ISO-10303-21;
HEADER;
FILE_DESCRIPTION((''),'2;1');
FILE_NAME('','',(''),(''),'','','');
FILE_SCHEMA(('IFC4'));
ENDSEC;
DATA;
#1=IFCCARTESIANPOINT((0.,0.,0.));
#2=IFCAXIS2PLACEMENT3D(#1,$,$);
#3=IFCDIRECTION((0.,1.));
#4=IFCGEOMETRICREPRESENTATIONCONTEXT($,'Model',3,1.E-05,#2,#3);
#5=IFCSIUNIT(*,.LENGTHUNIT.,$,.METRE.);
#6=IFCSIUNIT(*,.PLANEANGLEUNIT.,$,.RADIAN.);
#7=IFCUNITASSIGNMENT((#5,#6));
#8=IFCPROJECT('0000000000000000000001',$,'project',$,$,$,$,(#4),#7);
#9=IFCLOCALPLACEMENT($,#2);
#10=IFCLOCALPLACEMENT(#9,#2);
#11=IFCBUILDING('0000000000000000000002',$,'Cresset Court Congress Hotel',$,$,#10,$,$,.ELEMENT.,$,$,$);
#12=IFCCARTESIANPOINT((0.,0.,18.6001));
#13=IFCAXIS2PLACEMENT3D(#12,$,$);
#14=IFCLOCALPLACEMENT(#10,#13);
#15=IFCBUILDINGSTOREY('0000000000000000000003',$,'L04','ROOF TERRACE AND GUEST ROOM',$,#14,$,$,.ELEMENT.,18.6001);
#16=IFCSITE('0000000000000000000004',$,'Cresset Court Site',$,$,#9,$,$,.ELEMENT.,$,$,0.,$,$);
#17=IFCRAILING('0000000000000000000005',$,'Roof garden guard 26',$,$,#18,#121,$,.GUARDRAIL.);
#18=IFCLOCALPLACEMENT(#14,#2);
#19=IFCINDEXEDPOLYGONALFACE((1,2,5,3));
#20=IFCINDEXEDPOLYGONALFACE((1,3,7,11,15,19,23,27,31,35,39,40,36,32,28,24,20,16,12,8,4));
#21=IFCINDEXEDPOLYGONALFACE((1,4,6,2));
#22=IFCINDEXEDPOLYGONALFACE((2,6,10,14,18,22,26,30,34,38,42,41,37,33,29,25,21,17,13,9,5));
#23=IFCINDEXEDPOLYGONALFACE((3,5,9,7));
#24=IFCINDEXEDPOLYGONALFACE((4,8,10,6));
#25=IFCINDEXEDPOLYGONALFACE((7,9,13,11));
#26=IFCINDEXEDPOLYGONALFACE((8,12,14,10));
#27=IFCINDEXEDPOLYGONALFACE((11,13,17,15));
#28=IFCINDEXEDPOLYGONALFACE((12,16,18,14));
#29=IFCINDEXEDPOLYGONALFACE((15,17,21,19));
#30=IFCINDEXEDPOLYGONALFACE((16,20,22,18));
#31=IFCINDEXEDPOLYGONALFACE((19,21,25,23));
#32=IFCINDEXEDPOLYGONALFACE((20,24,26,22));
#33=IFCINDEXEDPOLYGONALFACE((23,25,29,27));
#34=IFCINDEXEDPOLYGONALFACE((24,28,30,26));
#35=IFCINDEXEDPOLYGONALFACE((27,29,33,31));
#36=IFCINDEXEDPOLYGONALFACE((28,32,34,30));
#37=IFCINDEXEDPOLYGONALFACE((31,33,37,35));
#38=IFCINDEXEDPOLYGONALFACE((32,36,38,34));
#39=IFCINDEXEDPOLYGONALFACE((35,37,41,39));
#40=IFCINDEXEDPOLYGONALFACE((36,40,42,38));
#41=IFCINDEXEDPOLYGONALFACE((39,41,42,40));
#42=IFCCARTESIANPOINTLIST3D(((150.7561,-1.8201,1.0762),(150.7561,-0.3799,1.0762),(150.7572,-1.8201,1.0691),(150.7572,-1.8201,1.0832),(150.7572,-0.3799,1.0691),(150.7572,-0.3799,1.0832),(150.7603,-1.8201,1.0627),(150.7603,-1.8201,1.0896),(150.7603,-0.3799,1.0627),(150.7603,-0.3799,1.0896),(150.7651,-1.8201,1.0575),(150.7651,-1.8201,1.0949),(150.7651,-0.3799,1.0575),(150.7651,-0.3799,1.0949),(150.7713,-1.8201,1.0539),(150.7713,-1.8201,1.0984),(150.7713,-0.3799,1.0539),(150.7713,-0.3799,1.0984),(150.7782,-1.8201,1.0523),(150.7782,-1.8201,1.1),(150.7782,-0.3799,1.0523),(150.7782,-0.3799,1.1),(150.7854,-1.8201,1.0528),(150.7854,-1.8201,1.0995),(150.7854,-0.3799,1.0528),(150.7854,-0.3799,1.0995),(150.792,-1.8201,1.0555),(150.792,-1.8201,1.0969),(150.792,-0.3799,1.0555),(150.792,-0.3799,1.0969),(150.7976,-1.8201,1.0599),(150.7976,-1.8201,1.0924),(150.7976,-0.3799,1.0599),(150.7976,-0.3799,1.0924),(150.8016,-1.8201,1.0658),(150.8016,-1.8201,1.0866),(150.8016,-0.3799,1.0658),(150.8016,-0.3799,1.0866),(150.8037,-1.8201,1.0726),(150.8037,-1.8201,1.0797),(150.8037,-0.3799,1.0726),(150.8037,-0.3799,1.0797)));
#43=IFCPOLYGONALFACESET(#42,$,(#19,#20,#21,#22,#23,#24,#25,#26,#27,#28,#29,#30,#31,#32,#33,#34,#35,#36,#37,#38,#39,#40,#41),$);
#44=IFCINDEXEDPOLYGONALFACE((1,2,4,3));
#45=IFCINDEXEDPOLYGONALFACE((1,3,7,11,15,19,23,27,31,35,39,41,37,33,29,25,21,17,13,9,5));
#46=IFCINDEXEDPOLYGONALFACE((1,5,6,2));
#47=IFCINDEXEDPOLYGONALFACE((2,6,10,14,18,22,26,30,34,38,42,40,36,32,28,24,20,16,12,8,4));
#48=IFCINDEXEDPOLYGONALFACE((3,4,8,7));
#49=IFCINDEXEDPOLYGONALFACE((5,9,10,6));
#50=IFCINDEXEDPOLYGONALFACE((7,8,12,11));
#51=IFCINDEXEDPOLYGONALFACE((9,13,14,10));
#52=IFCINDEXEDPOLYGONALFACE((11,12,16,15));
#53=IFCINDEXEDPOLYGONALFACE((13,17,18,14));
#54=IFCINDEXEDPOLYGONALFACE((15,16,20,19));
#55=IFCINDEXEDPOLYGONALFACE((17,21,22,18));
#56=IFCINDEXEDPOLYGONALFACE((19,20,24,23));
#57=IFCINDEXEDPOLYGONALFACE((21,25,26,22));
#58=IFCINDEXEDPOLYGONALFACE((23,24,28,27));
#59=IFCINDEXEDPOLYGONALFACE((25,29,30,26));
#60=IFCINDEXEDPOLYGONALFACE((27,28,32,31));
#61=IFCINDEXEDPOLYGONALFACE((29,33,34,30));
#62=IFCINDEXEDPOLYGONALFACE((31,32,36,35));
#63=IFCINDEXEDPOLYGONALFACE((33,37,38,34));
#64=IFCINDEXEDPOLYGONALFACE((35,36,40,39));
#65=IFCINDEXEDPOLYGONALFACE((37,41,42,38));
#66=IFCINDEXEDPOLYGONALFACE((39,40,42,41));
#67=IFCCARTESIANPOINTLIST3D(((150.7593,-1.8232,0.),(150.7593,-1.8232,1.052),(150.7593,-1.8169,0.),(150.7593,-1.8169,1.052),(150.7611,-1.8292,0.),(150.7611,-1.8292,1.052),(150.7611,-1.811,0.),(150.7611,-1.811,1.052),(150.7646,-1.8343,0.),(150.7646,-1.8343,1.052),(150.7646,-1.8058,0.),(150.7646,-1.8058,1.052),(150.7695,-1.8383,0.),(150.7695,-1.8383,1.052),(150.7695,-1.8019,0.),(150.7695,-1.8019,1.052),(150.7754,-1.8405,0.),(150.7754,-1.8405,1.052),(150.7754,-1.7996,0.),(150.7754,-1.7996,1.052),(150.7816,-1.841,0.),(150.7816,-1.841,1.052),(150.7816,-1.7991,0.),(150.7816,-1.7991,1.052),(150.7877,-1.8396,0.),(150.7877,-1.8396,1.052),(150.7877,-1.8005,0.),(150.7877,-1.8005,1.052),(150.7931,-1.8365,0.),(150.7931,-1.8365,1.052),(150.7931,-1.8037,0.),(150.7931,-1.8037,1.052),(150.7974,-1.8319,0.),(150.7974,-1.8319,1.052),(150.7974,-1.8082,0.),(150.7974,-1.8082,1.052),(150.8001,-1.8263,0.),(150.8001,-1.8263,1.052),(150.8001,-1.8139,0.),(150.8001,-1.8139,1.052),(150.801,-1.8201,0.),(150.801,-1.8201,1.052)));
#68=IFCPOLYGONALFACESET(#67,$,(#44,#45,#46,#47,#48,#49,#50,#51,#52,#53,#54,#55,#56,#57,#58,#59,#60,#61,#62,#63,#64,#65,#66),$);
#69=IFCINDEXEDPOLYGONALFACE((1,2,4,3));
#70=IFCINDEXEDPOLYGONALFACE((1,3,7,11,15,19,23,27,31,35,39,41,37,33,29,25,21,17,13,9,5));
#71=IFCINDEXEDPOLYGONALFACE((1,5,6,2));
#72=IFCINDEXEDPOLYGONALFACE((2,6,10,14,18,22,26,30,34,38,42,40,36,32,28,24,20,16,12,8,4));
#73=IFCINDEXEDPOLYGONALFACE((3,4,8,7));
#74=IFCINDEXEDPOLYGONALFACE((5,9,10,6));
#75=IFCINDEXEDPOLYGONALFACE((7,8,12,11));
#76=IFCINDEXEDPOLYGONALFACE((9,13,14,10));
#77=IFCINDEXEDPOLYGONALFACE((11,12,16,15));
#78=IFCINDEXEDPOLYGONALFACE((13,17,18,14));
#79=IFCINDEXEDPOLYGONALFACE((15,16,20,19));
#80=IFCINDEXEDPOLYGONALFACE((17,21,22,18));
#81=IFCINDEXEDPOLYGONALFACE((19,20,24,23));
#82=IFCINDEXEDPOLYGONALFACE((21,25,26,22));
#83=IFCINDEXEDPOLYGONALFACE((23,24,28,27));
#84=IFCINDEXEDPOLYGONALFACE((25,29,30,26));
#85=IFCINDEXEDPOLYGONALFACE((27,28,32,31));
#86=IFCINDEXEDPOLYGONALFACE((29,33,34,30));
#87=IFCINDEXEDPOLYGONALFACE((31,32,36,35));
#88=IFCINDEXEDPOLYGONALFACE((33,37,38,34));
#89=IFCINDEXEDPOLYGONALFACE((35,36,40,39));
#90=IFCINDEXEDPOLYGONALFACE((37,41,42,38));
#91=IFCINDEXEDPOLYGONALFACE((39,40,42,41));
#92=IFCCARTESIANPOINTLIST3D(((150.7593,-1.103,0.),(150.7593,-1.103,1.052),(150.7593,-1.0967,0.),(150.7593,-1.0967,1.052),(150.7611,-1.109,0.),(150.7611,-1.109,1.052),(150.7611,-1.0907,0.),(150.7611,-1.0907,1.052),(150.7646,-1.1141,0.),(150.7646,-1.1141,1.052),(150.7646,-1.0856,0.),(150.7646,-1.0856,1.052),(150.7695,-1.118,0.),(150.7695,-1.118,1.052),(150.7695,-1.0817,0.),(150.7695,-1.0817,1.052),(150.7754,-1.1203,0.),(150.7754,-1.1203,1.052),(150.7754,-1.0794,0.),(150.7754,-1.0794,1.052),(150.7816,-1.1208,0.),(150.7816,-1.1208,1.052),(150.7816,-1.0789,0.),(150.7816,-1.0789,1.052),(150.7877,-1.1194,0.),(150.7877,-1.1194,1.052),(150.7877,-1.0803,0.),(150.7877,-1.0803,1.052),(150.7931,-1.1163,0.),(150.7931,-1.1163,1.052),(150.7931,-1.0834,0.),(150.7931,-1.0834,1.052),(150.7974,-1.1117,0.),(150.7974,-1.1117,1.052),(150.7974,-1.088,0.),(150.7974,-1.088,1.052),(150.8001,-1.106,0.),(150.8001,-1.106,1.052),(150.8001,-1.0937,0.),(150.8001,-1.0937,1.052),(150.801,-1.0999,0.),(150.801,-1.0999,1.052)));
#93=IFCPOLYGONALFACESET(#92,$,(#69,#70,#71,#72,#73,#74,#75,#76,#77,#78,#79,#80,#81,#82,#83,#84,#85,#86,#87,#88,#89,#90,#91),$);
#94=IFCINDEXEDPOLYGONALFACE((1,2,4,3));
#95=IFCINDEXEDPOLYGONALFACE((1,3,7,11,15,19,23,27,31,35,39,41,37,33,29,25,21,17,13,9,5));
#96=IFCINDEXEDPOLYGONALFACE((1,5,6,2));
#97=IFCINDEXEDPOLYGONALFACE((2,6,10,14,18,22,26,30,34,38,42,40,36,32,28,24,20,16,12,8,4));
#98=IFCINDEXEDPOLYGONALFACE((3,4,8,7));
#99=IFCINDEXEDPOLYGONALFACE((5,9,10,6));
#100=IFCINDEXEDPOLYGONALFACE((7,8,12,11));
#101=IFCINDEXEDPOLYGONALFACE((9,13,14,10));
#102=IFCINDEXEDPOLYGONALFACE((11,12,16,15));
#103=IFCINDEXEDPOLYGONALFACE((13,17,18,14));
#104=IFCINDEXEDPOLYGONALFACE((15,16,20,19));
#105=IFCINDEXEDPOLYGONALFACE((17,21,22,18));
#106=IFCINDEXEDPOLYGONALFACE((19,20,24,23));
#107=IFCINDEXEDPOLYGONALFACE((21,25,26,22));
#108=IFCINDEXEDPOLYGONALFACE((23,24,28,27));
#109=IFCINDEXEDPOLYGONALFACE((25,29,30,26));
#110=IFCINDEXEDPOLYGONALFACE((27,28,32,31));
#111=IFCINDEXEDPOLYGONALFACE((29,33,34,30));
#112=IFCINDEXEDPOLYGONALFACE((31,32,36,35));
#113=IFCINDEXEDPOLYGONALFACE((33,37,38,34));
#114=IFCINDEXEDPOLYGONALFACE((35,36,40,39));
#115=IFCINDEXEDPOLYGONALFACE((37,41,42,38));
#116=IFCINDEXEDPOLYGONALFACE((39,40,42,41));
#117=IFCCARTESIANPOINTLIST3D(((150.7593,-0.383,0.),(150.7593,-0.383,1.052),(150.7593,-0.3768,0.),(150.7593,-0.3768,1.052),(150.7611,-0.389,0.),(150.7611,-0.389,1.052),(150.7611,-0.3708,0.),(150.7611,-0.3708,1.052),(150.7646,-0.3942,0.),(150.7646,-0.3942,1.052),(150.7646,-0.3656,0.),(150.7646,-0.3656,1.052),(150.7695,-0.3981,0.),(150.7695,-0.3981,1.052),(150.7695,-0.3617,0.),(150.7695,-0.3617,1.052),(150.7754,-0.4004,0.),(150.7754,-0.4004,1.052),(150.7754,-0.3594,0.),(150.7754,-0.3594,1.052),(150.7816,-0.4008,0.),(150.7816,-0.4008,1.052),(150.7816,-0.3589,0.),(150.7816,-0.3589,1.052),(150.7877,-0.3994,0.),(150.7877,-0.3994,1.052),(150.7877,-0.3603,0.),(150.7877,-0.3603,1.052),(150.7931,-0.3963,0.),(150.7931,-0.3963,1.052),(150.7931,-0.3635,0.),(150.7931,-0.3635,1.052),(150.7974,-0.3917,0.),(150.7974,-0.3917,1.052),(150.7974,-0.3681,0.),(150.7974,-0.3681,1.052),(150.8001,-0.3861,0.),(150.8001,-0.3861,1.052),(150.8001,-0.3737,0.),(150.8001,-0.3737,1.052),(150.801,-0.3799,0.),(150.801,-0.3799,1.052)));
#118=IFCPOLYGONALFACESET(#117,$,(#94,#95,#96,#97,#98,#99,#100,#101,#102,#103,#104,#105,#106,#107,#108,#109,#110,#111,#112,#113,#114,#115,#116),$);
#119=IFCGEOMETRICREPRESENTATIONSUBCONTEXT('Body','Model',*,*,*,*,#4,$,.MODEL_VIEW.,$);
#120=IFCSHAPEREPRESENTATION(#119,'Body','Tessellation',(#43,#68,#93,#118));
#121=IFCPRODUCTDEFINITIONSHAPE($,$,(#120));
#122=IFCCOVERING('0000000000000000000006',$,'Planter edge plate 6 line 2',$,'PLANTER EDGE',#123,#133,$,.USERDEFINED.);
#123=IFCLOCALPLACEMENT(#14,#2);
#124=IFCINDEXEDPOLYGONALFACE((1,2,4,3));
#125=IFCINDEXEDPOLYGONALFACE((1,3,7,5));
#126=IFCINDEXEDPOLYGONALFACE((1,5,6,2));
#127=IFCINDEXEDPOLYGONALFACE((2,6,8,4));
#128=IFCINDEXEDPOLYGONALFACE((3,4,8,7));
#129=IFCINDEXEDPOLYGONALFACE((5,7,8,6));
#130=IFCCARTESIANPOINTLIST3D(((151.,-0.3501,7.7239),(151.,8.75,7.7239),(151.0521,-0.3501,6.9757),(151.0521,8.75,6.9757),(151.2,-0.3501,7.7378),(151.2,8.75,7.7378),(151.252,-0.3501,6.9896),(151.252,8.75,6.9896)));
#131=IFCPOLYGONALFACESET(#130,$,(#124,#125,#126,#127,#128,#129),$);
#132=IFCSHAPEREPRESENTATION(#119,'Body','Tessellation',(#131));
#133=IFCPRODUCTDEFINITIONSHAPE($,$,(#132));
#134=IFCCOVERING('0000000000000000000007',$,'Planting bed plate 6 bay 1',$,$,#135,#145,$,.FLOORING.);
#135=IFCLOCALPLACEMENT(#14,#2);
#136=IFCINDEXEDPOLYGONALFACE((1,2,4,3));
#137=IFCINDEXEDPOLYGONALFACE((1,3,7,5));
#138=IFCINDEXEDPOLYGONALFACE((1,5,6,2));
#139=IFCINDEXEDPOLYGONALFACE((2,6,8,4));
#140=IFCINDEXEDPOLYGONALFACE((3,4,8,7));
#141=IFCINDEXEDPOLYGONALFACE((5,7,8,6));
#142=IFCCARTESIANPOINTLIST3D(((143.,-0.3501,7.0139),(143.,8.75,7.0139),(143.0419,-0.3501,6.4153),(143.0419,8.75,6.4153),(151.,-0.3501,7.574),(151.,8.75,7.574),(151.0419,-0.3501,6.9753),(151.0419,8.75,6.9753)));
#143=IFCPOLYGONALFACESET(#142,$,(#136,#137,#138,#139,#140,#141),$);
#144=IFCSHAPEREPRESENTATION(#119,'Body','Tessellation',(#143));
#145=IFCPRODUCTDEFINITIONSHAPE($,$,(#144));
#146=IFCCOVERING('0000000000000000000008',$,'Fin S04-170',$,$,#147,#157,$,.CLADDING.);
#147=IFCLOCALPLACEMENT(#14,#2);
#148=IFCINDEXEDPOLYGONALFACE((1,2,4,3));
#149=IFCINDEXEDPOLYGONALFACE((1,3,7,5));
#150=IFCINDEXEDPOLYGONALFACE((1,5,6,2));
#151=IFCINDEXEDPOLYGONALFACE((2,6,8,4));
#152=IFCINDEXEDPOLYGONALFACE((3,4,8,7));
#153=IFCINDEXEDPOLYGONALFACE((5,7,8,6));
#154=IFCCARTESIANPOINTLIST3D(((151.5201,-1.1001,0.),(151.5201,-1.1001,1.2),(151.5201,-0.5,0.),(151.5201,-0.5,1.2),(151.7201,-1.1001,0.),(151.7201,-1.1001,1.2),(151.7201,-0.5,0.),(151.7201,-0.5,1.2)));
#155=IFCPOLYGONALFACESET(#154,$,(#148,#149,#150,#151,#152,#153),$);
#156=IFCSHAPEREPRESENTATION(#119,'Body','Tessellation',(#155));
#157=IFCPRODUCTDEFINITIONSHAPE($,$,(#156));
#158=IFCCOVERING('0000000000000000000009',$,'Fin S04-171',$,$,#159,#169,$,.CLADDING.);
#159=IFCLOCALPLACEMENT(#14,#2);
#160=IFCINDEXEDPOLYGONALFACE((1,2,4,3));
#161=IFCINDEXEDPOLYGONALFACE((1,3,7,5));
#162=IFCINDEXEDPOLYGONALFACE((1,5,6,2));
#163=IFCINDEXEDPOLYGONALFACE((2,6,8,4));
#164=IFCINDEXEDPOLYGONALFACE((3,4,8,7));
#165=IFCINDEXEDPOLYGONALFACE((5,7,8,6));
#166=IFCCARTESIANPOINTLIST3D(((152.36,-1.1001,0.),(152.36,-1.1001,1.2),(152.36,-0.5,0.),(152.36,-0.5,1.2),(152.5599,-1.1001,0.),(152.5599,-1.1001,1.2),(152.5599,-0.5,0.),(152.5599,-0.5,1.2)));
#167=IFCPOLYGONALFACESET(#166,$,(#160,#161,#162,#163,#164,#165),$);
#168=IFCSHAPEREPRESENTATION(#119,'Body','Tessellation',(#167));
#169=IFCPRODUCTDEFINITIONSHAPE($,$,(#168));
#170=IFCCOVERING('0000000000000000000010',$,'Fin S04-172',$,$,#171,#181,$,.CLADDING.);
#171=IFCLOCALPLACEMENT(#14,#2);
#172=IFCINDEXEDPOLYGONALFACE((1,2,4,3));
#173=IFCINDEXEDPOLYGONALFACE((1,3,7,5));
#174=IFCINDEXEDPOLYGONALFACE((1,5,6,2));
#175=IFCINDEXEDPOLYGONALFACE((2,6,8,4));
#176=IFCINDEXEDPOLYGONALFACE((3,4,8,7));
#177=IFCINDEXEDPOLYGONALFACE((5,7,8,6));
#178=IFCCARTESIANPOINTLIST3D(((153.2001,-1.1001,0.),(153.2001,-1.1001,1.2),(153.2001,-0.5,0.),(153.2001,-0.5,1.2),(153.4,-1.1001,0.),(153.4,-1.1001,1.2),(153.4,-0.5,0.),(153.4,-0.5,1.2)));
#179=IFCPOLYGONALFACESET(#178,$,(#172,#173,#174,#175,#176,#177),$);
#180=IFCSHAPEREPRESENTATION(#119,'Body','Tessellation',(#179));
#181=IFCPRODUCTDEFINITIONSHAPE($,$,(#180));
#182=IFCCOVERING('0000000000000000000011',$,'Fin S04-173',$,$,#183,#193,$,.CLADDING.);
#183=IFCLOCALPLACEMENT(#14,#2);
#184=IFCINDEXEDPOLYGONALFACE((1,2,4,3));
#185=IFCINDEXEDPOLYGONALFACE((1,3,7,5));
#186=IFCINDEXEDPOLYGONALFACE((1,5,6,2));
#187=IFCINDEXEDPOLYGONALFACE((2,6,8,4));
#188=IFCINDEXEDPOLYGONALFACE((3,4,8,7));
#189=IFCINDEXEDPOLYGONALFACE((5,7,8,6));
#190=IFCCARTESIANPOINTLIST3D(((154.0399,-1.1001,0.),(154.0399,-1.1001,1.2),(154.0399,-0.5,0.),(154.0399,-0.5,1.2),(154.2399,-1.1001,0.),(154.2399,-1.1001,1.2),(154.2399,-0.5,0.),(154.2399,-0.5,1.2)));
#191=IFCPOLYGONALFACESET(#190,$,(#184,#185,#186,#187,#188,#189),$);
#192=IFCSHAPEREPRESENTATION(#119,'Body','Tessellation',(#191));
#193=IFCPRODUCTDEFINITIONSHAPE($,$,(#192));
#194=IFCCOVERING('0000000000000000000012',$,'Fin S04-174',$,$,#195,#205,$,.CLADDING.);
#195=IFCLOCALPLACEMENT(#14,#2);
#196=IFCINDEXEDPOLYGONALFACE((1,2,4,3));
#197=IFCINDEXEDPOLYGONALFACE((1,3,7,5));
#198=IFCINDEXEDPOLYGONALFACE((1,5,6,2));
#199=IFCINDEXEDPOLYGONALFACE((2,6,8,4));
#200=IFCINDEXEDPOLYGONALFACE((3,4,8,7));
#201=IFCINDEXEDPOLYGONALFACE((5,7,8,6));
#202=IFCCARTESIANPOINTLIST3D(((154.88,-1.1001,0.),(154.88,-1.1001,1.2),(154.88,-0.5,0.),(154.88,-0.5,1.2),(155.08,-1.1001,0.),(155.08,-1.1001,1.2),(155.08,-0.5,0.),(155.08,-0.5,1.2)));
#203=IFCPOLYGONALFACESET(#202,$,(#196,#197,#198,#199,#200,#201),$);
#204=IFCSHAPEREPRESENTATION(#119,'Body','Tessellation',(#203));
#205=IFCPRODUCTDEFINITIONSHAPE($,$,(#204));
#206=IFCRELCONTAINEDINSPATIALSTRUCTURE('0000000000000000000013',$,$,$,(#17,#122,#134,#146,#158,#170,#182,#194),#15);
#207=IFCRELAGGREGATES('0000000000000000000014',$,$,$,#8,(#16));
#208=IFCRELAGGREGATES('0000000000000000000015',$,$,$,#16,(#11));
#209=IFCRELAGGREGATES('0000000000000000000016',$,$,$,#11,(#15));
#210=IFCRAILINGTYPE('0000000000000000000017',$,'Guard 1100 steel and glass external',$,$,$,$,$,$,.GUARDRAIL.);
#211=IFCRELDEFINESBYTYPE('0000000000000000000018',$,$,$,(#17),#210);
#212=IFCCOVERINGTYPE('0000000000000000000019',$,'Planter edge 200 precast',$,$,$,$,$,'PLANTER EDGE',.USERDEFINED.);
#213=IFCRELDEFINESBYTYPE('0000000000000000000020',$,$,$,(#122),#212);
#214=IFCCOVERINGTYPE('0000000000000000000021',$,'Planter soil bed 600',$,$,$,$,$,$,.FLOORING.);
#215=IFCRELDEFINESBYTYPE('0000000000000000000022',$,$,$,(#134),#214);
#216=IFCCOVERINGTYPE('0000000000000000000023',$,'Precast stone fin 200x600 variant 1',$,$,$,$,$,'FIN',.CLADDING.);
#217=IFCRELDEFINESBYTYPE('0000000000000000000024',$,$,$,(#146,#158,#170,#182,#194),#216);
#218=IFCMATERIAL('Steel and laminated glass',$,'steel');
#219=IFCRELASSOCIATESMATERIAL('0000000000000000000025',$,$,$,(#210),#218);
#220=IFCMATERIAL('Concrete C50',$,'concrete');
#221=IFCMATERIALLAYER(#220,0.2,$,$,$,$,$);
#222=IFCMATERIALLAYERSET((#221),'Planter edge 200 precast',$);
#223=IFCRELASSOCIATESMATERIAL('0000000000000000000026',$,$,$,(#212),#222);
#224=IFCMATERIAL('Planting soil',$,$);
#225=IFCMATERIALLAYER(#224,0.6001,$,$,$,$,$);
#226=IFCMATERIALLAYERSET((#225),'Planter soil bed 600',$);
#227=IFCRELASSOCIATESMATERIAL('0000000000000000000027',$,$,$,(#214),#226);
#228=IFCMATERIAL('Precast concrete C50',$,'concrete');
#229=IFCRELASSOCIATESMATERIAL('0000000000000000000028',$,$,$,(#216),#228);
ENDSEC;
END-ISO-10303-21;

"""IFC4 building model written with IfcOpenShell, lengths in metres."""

from ifc_helpers import new_model, si_unit, direction, frame, origin, origin_2d, place, context, subcontext, project, spatial, polyline, rectangle, circle, outline, extrude, material, layer, layer_set, type_object, element, save


model = new_model("IFC4")

# Units and contexts
model_context = context("Model", 3, precision=1e-05, world=origin(), true_north=direction((0.0, 1.0)))
body_context = subcontext(model_context, "Body", "Model", "MODEL_VIEW")
ifc_project = project(units=[si_unit("LENGTHUNIT", "METRE"), si_unit("PLANEANGLEUNIT", "RADIAN")], contexts=[model_context])

# Site, building, storey
site_placement = place(None, origin())
site = spatial("IfcSite", under=ifc_project, at=site_placement, Name="Cresset Court Site", CompositionType="ELEMENT", RefElevation=0.0)
building_placement = place(site_placement, origin())
building = spatial("IfcBuilding", under=site, at=building_placement, Name="Cresset Court Congress Hotel", CompositionType="ELEMENT")
storey_placement = place(building_placement, frame((0.0, 0.0, 18.6001)))
storey = spatial("IfcBuildingStorey", under=building, at=storey_placement, Name="L04", Description="ROOF TERRACE AND GUEST ROOM", CompositionType="ELEMENT", Elevation=18.6001)

# Railing
ifc_material_1 = material(Name="Steel and laminated glass", Category="steel")
railing_type = type_object("IfcRailingType", Name="Guard 1100 steel and glass external", PredefinedType="GUARDRAIL", material=ifc_material_1)
railing_1_placement = place(storey_placement, frame((150.78, -1.8201, 0.0)))
element("IfcRailing", 1, at=railing_1_placement, inside=storey, type_object=railing_type, Name="Roof garden guard 26", PredefinedType="GUARDRAIL", context=body_context, shape_type="SweptSolid", body=[
    extrude(circle(Radius=0.0239, at=origin_2d()), frame((0.0, 0.0, 1.0762), z_axis=(0.0, 1.0, 0.0), x_axis=(-1.0, 0.0, 0.0)), (0.0, 0.0, 1.0), 1.4402),
    extrude(circle(Radius=0.021, at=origin_2d()), origin(), (0.0, 0.0, 1.0), 1.052),
    extrude(circle(Radius=0.021, at=origin_2d()), frame((0.0, 0.7202, 0.0)), (0.0, 0.0, 1.0), 1.052),
    extrude(circle(Radius=0.021, at=origin_2d()), frame((0.0, 1.4402, 0.0)), (0.0, 0.0, 1.0), 1.052),
])

# Coverings
ifc_material_2 = material(Name="Concrete C50", Category="concrete")
ifc_layer_1 = layer(ifc_material_2, 0.2)
ifc_layer_set_1 = layer_set([ifc_layer_1], Name="Planter edge 200 precast")
covering_type_1 = type_object("IfcCoveringType", Name="Planter edge 200 precast", ElementType="PLANTER EDGE", PredefinedType="USERDEFINED", material=ifc_layer_set_1)
covering_1_placement = place(storey_placement, frame((151.0, -0.3501, 7.7239), z_axis=(-0.069429, 0.0, 0.997587), x_axis=(0.997587, 0.0, 0.069429)))
element("IfcCovering", 2, at=covering_1_placement, inside=storey, type_object=covering_type_1, Name="Planter edge plate 6 line 2", ObjectType="PLANTER EDGE", PredefinedType="USERDEFINED", context=body_context, shape_type="SweptSolid", body=[
    extrude(outline(polyline([(0.0, 0.0), (0.2004, 0.0), (0.2004, 9.1001), (0.0, 9.1001), (0.0, 0.0)])), origin(), (0.0, 0.0, -1.0), 0.75),
])
ifc_material_3 = material(Name="Planting soil")
ifc_layer_2 = layer(ifc_material_3, 0.6001)
ifc_layer_set_2 = layer_set([ifc_layer_2], Name="Planter soil bed 600")
covering_type_2 = type_object("IfcCoveringType", Name="Planter soil bed 600", PredefinedType="FLOORING", material=ifc_layer_set_2)
covering_2_placement = place(storey_placement, frame((143.0, -0.3501, 7.0139), z_axis=(-0.069836, 0.0, 0.997558), x_axis=(0.997558, 0.0, 0.069836)))
element("IfcCovering", 3, at=covering_2_placement, inside=storey, type_object=covering_type_2, Name="Planting bed plate 6 bay 1", PredefinedType="FLOORING", context=body_context, shape_type="SweptSolid", body=[
    extrude(outline(polyline([(0.0, 0.0), (8.0196, 0.0), (8.0196, 9.1001), (0.0, 9.1001), (0.0, 0.0)])), origin(), (0.0, 0.0, -1.0), 0.6001),
])
ifc_material_4 = material(Name="Precast concrete C50", Category="concrete")
covering_type_3 = type_object("IfcCoveringType", Name="Precast stone fin 200x600 variant 1", ElementType="FIN", PredefinedType="CLADDING", material=ifc_material_4)
for number, where, z_axis, x_axis, name in (
    (4, (151.6201, -0.8, 0.0), (0.0, 0.0, 1.0), (1.0, 0.0, 0.0), "Fin S04-170"),
    (5, (152.46, -0.8, 0.0), (0.0, 0.0, 1.0), (1.0, 0.0, 0.0), "Fin S04-171"),
    (6, (153.3, -0.8, 0.0), (0.0, 0.0, 1.0), (1.0, 0.0, 0.0), "Fin S04-172"),
    (7, (154.1399, -0.8, 0.0), (0.0, 0.0, 1.0), (1.0, 0.0, 0.0), "Fin S04-173"),
    (8, (154.98, -0.8, 0.0), (0.0, 0.0, 1.0), (1.0, 0.0, 0.0), "Fin S04-174"),
):
    element("IfcCovering", number, at=place(storey_placement, frame(where, z_axis=z_axis, x_axis=x_axis)), inside=storey, type_object=covering_type_3, Name=name, PredefinedType="CLADDING", context=body_context, shape_type="SweptSolid", body=[
        extrude(rectangle(XDim=0.2, YDim=0.6001, at=origin_2d()), origin(), (0.0, 0.0, 1.0), 1.2),
    ])

save(model, "model.ifc")
